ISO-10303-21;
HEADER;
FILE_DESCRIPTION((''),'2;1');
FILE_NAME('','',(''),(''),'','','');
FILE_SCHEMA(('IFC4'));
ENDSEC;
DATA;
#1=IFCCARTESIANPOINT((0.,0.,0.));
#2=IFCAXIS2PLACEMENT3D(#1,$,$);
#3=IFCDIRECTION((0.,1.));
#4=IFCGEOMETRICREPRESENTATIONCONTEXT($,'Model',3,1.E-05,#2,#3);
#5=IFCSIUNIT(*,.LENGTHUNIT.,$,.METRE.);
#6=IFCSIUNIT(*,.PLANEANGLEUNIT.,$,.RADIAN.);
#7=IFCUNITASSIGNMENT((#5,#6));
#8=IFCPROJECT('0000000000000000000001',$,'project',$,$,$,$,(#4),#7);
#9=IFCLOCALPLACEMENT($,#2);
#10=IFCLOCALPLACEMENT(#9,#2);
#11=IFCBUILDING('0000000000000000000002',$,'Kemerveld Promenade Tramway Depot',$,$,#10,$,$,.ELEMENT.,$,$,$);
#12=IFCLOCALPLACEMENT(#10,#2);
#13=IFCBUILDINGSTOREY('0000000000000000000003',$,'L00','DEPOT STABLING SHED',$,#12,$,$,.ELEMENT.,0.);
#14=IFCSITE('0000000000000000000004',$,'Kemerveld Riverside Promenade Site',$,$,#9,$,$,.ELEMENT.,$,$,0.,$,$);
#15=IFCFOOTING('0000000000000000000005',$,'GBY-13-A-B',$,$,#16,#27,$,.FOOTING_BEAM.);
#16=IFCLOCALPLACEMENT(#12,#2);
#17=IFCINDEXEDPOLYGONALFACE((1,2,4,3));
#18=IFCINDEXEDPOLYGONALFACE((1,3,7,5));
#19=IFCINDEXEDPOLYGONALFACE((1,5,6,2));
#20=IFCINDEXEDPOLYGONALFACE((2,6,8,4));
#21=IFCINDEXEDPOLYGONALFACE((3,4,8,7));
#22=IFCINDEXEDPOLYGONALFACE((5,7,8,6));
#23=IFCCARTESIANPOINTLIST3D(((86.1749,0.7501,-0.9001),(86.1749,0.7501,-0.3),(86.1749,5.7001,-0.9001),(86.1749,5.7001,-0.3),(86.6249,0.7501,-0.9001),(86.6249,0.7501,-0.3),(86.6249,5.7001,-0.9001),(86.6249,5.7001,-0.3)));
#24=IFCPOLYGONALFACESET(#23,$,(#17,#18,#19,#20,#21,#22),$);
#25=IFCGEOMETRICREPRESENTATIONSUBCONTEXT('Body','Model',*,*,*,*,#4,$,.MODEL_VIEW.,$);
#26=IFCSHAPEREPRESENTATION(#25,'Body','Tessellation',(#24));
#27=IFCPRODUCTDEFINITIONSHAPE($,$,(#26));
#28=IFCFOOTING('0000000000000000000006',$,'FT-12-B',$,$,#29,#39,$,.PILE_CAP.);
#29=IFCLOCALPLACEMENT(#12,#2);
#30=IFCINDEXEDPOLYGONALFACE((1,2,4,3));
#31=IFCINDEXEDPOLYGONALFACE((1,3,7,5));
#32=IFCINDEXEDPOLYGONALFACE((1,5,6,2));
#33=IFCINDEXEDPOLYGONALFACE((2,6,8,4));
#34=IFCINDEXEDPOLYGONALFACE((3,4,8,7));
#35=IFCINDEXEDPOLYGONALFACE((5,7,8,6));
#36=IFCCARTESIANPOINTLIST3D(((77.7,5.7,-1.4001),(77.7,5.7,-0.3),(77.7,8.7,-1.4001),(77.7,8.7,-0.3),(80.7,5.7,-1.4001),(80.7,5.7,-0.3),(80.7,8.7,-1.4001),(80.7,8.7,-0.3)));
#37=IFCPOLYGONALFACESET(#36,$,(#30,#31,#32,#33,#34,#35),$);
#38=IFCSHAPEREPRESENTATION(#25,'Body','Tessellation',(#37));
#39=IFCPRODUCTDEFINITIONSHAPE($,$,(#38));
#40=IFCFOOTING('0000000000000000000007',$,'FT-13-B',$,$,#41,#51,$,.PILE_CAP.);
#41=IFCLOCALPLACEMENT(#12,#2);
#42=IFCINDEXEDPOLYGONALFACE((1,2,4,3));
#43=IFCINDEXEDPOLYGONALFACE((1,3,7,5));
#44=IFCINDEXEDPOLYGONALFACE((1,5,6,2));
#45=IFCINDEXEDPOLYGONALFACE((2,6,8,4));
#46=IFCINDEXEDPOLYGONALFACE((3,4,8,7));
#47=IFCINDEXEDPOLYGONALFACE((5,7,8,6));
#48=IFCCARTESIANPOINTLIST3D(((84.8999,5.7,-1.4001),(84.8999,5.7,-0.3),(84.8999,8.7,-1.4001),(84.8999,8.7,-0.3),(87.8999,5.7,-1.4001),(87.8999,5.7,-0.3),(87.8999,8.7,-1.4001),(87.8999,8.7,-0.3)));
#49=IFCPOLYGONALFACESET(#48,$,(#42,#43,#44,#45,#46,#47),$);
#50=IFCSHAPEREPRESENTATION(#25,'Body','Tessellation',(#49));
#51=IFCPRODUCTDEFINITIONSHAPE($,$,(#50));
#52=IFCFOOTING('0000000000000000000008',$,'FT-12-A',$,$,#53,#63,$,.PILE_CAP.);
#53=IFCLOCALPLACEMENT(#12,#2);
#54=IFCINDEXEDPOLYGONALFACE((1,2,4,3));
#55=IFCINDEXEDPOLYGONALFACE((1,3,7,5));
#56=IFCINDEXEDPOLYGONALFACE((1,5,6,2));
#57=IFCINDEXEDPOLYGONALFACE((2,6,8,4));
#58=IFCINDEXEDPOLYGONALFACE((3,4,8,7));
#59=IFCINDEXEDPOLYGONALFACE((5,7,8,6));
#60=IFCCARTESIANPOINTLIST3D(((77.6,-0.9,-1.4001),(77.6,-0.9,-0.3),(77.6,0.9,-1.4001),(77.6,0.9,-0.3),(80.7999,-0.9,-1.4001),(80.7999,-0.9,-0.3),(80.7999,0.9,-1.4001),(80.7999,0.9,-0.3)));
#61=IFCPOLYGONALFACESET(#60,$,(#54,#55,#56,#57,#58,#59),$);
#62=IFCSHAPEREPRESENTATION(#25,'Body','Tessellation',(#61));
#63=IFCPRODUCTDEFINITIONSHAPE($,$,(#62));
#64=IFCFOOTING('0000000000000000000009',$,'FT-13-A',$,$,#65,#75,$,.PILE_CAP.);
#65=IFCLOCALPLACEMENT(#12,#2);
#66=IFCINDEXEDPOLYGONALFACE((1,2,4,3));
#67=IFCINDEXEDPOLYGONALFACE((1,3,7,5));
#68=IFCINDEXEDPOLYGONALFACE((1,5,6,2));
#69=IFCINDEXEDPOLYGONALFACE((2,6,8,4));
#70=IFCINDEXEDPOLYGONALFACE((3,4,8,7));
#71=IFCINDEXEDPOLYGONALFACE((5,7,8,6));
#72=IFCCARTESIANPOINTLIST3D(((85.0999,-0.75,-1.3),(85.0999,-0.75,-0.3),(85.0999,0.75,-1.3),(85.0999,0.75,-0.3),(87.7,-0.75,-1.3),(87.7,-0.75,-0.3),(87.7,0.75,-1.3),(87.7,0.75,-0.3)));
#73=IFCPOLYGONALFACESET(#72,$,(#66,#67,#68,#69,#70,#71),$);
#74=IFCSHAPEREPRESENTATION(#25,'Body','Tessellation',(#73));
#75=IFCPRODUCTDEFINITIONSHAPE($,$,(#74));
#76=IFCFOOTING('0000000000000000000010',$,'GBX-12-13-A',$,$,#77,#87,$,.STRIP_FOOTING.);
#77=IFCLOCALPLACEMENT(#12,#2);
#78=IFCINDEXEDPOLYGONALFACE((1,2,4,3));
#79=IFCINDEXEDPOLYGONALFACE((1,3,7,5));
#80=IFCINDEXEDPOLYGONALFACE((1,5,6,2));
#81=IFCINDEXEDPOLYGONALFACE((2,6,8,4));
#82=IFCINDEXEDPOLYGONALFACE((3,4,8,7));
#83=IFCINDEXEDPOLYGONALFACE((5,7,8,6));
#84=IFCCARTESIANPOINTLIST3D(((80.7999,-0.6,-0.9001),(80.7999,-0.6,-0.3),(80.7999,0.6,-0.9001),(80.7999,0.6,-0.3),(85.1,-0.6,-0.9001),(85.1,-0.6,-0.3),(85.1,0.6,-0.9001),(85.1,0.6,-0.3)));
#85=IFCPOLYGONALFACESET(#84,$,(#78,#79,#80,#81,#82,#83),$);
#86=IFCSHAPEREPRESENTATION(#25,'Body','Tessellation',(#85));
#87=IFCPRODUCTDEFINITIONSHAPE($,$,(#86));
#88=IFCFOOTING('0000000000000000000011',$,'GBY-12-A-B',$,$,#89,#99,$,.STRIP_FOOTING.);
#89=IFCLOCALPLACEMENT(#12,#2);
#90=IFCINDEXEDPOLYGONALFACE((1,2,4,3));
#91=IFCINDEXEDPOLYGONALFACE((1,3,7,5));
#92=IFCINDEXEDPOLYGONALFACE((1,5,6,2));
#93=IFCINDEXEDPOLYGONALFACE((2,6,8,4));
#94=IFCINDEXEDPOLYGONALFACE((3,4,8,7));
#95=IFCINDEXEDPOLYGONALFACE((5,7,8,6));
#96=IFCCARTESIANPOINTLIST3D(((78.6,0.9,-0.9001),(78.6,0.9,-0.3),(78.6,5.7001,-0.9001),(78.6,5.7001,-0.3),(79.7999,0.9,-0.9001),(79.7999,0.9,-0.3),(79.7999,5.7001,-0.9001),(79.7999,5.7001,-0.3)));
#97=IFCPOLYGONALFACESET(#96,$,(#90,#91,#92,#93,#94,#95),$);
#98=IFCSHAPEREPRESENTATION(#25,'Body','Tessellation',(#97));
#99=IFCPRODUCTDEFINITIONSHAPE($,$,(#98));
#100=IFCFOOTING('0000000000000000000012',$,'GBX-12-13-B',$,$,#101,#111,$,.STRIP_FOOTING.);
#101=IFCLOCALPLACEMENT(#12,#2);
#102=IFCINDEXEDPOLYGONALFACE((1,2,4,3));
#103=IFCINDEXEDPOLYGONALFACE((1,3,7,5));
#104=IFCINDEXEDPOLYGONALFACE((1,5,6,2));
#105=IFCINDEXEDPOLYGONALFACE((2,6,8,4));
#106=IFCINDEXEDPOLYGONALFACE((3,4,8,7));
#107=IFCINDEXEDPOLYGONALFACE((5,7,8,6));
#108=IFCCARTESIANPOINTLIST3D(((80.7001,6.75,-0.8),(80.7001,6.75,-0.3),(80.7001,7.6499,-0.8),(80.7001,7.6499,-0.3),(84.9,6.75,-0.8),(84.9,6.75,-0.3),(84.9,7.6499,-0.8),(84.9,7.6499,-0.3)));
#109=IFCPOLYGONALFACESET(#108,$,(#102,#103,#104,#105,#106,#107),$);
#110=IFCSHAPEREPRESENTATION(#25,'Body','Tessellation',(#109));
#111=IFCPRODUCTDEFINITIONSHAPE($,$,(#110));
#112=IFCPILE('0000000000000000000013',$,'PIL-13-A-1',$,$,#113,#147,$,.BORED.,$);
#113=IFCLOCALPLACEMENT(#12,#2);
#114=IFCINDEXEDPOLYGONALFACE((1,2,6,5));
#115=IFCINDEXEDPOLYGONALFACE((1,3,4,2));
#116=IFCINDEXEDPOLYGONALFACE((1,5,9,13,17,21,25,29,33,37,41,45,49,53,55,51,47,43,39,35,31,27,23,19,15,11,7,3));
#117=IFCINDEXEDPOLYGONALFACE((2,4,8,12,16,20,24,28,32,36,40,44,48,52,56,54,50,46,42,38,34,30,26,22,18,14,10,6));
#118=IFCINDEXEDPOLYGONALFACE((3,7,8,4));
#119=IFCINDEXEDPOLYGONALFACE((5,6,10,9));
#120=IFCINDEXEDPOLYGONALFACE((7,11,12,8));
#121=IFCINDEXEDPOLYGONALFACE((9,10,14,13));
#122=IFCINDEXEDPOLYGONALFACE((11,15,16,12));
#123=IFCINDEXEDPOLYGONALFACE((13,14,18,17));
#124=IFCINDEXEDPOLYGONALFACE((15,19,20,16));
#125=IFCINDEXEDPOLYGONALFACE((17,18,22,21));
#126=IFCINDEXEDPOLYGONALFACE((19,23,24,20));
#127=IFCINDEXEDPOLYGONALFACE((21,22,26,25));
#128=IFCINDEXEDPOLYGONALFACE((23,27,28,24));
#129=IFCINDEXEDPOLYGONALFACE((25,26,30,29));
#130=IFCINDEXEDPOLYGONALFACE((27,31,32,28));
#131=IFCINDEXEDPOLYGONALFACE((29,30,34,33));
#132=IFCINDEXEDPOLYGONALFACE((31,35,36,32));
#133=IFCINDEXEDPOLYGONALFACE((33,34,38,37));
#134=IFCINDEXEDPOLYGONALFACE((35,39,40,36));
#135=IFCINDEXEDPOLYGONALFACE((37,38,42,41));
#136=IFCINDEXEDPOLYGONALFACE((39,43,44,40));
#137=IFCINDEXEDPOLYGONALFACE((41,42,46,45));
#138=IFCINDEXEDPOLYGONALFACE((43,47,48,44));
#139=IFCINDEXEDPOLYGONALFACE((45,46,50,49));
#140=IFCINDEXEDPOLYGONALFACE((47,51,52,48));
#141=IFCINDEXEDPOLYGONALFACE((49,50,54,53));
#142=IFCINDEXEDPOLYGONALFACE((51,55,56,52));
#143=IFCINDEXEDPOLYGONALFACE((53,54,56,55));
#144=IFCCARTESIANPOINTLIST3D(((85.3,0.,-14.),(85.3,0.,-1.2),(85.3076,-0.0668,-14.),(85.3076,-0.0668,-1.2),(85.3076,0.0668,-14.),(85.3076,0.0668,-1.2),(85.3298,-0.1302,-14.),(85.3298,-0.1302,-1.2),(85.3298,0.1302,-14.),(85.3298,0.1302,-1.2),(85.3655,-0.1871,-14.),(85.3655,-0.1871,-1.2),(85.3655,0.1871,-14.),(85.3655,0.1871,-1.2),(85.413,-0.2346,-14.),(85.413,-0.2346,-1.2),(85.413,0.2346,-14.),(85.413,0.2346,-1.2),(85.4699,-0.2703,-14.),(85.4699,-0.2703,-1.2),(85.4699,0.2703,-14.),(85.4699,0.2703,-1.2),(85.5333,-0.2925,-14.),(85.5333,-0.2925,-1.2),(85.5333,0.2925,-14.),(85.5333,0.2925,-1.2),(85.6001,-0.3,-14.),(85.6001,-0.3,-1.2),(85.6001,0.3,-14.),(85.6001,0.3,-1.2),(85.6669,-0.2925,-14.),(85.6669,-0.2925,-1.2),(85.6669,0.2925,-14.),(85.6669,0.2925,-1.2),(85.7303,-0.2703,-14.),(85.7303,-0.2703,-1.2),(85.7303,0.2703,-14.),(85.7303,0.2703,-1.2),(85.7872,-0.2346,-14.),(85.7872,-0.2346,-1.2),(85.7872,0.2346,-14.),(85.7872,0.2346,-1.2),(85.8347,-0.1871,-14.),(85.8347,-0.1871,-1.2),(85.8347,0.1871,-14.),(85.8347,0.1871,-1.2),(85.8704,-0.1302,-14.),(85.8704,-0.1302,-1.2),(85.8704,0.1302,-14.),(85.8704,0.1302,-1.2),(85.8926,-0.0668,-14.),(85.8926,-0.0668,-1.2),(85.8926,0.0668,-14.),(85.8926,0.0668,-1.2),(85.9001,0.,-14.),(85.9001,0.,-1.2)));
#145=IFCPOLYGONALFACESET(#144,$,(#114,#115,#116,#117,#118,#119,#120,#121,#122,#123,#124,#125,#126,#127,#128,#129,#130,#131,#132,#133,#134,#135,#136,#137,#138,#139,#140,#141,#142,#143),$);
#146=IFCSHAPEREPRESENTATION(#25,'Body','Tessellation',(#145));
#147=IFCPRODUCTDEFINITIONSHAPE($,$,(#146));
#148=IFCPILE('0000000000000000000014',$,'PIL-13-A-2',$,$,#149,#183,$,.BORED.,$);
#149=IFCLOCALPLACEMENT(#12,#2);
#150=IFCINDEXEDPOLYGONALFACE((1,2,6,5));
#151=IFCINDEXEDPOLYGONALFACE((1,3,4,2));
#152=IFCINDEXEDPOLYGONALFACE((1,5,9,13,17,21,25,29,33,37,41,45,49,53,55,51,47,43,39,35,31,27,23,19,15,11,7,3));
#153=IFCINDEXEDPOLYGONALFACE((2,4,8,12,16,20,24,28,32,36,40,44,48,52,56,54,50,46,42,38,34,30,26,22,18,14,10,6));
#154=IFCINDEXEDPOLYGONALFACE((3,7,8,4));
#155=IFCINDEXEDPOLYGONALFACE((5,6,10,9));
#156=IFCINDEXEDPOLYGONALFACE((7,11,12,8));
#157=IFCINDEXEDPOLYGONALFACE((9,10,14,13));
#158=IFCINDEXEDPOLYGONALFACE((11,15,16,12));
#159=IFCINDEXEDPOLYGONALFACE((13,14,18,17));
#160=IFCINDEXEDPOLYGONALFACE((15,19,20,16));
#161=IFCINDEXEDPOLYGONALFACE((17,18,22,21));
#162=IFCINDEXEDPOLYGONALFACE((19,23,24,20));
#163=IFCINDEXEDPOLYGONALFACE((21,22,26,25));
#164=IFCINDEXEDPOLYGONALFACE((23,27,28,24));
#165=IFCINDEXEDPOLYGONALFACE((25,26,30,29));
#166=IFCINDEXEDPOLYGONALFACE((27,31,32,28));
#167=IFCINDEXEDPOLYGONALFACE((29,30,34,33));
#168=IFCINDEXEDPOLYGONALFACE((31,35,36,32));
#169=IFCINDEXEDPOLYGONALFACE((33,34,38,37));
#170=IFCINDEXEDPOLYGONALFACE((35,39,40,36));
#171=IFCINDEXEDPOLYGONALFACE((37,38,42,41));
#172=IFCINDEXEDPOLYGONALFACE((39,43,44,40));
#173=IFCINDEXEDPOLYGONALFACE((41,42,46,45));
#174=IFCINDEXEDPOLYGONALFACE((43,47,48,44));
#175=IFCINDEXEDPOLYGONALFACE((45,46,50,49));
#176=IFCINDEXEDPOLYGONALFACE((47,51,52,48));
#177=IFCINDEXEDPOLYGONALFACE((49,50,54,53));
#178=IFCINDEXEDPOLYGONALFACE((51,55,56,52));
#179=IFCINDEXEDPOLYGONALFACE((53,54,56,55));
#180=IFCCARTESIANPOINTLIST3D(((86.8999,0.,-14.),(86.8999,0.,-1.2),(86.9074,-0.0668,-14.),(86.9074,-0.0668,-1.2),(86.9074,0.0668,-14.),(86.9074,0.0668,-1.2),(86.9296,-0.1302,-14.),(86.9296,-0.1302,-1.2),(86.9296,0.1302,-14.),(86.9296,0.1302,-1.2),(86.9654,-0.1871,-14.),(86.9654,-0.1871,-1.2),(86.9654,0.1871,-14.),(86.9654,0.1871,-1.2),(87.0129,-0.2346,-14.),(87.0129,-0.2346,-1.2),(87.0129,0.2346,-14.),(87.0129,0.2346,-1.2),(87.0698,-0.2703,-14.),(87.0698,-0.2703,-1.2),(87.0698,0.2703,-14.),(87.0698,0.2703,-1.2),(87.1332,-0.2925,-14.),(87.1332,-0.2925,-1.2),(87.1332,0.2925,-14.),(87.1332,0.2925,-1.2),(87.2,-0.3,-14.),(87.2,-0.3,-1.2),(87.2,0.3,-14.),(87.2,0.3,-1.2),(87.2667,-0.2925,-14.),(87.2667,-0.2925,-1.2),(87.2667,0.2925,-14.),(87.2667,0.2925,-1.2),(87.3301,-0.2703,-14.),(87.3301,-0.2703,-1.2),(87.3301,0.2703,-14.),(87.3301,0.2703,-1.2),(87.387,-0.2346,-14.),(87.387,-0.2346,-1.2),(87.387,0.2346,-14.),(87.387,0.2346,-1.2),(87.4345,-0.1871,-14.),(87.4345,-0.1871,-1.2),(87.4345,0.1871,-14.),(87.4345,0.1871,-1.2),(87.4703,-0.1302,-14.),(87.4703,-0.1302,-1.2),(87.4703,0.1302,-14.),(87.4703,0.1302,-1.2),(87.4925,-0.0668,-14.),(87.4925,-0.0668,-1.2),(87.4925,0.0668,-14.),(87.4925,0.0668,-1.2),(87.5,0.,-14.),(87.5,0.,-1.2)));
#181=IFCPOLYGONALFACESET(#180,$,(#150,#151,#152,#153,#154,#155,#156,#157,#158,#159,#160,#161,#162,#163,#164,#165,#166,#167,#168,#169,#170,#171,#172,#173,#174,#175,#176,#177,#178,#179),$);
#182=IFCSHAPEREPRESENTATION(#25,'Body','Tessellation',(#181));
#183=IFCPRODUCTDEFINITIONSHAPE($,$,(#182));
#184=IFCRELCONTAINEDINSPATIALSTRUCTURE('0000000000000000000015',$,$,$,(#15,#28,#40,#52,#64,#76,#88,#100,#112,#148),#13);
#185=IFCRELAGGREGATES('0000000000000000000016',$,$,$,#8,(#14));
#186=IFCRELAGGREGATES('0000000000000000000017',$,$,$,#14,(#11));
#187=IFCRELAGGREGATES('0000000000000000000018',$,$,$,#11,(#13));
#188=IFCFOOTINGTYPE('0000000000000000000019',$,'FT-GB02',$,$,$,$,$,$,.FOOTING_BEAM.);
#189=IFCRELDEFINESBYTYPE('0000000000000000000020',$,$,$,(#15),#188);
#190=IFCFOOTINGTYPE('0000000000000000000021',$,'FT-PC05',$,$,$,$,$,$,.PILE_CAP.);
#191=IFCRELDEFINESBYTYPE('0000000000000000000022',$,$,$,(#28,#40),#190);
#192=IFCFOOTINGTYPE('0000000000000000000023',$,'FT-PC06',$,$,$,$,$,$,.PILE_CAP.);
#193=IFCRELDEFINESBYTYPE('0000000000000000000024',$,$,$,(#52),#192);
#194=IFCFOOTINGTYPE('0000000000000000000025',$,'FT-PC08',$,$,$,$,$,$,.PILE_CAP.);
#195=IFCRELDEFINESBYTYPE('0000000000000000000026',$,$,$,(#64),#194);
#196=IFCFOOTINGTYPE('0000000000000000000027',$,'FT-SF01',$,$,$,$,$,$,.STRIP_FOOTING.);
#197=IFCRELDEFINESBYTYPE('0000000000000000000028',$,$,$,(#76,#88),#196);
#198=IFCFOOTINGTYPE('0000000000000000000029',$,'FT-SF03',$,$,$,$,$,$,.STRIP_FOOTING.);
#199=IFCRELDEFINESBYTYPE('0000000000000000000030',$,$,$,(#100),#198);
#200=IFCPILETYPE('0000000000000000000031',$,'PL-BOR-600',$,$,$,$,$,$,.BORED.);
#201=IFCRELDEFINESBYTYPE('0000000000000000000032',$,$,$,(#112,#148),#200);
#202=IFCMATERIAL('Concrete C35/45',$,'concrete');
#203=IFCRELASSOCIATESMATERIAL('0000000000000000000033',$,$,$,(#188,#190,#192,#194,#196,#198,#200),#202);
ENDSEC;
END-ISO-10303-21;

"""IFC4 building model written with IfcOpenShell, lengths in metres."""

from ifc_helpers import new_model, si_unit, direction, frame, origin, origin_2d, place, context, subcontext, project, spatial, rectangle, circle, extrude, material, material_profile, profile_set, type_object, element, save


model = new_model("IFC4")

# Units and contexts
model_context = context("Model", 3, precision=1e-05, world=origin(), true_north=direction((0.0, 1.0)))
body_context = subcontext(model_context, "Body", "Model", "MODEL_VIEW")
ifc_project = project(units=[si_unit("LENGTHUNIT", "METRE"), si_unit("PLANEANGLEUNIT", "RADIAN")], contexts=[model_context])

# Site, building, storey
site_placement = place(None, origin())
site = spatial("IfcSite", under=ifc_project, at=site_placement, Name="Kemerveld Riverside Promenade Site", CompositionType="ELEMENT", RefElevation=0.0)
building_placement = place(site_placement, origin())
building = spatial("IfcBuilding", under=site, at=building_placement, Name="Kemerveld Promenade Tramway Depot", CompositionType="ELEMENT")
storey_placement = place(building_placement, origin())
storey = spatial("IfcBuildingStorey", under=building, at=storey_placement, Name="L00", Description="DEPOT STABLING SHED", CompositionType="ELEMENT", Elevation=0.0)

# Footings
ifc_material_1 = material(Name="Concrete C35/45", Category="concrete")
footing_type_1 = type_object("IfcFootingType", Name="FT-GB02", PredefinedType="FOOTING_BEAM", material=ifc_material_1)
footing_1_placement = place(storey_placement, frame((86.3999, 3.2251, -0.9001), z_axis=(0.0, 0.0, 1.0), x_axis=(0.0, 1.0, 0.0)))
element("IfcFooting", 1, at=footing_1_placement, inside=storey, type_object=footing_type_1, Name="GBY-13-A-B", PredefinedType="FOOTING_BEAM", context=body_context, shape_type="SweptSolid", body=[
    extrude(rectangle(XDim=4.95, YDim=0.45, at=origin_2d()), origin(), (0.0, 0.0, 1.0), 0.6001),
])
footing_type_2 = type_object("IfcFootingType", Name="FT-PC05", PredefinedType="PILE_CAP", material=ifc_material_1)
for number, where, z_axis, x_axis, name in (
    (2, (79.2, 7.2, -1.4001), (0.0, 0.0, 1.0), (1.0, 0.0, 0.0), "FT-12-B"),
    (3, (86.3999, 7.2, -1.4001), (0.0, 0.0, 1.0), (1.0, 0.0, 0.0), "FT-13-B"),
):
    element("IfcFooting", number, at=place(storey_placement, frame(where, z_axis=z_axis, x_axis=x_axis)), inside=storey, type_object=footing_type_2, Name=name, PredefinedType="PILE_CAP", context=body_context, shape_type="SweptSolid", body=[
        extrude(rectangle(XDim=3.0, YDim=3.0, at=origin_2d()), origin(), (0.0, 0.0, 1.0), 1.1001),
    ])
footing_type_3 = type_object("IfcFootingType", Name="FT-PC06", PredefinedType="PILE_CAP", material=ifc_material_1)
footing_2_placement = place(storey_placement, frame((79.2, 0.0, -1.4001), z_axis=(0.0, 0.0, 1.0), x_axis=(1.0, 0.0, 0.0)))
element("IfcFooting", 4, at=footing_2_placement, inside=storey, type_object=footing_type_3, Name="FT-12-A", PredefinedType="PILE_CAP", context=body_context, shape_type="SweptSolid", body=[
    extrude(rectangle(XDim=3.2, YDim=1.8, at=origin_2d()), origin(), (0.0, 0.0, 1.0), 1.1001),
])
footing_type_4 = type_object("IfcFootingType", Name="FT-PC08", PredefinedType="PILE_CAP", material=ifc_material_1)
footing_3_placement = place(storey_placement, frame((86.3999, 0.0, -1.3), z_axis=(0.0, 0.0, 1.0), x_axis=(1.0, 0.0, 0.0)))
element("IfcFooting", 5, at=footing_3_placement, inside=storey, type_object=footing_type_4, Name="FT-13-A", PredefinedType="PILE_CAP", context=body_context, shape_type="SweptSolid", body=[
    extrude(rectangle(XDim=2.6001, YDim=1.5, at=origin_2d()), origin(), (0.0, 0.0, 1.0), 1.0),
])
footing_type_5 = type_object("IfcFootingType", Name="FT-SF01", PredefinedType="STRIP_FOOTING", material=ifc_material_1)
footing_4_placement = place(storey_placement, frame((82.95, 0.0, -0.9001), z_axis=(0.0, 0.0, 1.0), x_axis=(1.0, 0.0, 0.0)))
element("IfcFooting", 6, at=footing_4_placement, inside=storey, type_object=footing_type_5, Name="GBX-12-13-A", PredefinedType="STRIP_FOOTING", context=body_context, shape_type="SweptSolid", body=[
    extrude(rectangle(XDim=4.3, YDim=1.2, at=origin_2d()), origin(), (0.0, 0.0, 1.0), 0.6001),
])
footing_5_placement = place(storey_placement, frame((79.2, 3.3, -0.9001), z_axis=(0.0, 0.0, 1.0), x_axis=(0.0, 1.0, 0.0)))
element("IfcFooting", 7, at=footing_5_placement, inside=storey, type_object=footing_type_5, Name="GBY-12-A-B", PredefinedType="STRIP_FOOTING", context=body_context, shape_type="SweptSolid", body=[
    extrude(rectangle(XDim=4.8, YDim=1.2, at=origin_2d()), origin(), (0.0, 0.0, 1.0), 0.6001),
])
footing_type_6 = type_object("IfcFootingType", Name="FT-SF03", PredefinedType="STRIP_FOOTING", material=ifc_material_1)
footing_6_placement = place(storey_placement, frame((82.8, 7.2, -0.8), z_axis=(0.0, 0.0, 1.0), x_axis=(1.0, 0.0, 0.0)))
element("IfcFooting", 8, at=footing_6_placement, inside=storey, type_object=footing_type_6, Name="GBX-12-13-B", PredefinedType="STRIP_FOOTING", context=body_context, shape_type="SweptSolid", body=[
    extrude(rectangle(XDim=4.2, YDim=0.8999, at=origin_2d()), origin(), (0.0, 0.0, 1.0), 0.5),
])

# Piles
ifc_material_profile_1 = material_profile(ifc_material_1, circle(Radius=0.3, at=origin_2d()), Name="PILE-D600")
ifc_profile_set_1 = profile_set([ifc_material_profile_1], Name="Concrete C35/45")
pile_type_1 = type_object("IfcPileType", Name="PL-BOR-600", PredefinedType="BORED", material=ifc_profile_set_1)
for number, where, z_axis, x_axis, name in (
    (9, (85.6001, 0.0, -1.2), (0.0, 0.0, -1.0), (1.0, 0.0, 0.0), "PIL-13-A-1"),
    (10, (87.2, 0.0, -1.2), (0.0, 0.0, -1.0), (1.0, 0.0, 0.0), "PIL-13-A-2"),
):
    element("IfcPile", number, at=place(storey_placement, frame(where, z_axis=z_axis, x_axis=x_axis)), inside=storey, type_object=pile_type_1, Name=name, PredefinedType="BORED", context=body_context, shape_type="SweptSolid", body=[
        extrude(circle(Radius=0.3, at=origin_2d()), origin(), (0.0, 0.0, 1.0), 12.8),
    ])

save(model, "model.ifc")
